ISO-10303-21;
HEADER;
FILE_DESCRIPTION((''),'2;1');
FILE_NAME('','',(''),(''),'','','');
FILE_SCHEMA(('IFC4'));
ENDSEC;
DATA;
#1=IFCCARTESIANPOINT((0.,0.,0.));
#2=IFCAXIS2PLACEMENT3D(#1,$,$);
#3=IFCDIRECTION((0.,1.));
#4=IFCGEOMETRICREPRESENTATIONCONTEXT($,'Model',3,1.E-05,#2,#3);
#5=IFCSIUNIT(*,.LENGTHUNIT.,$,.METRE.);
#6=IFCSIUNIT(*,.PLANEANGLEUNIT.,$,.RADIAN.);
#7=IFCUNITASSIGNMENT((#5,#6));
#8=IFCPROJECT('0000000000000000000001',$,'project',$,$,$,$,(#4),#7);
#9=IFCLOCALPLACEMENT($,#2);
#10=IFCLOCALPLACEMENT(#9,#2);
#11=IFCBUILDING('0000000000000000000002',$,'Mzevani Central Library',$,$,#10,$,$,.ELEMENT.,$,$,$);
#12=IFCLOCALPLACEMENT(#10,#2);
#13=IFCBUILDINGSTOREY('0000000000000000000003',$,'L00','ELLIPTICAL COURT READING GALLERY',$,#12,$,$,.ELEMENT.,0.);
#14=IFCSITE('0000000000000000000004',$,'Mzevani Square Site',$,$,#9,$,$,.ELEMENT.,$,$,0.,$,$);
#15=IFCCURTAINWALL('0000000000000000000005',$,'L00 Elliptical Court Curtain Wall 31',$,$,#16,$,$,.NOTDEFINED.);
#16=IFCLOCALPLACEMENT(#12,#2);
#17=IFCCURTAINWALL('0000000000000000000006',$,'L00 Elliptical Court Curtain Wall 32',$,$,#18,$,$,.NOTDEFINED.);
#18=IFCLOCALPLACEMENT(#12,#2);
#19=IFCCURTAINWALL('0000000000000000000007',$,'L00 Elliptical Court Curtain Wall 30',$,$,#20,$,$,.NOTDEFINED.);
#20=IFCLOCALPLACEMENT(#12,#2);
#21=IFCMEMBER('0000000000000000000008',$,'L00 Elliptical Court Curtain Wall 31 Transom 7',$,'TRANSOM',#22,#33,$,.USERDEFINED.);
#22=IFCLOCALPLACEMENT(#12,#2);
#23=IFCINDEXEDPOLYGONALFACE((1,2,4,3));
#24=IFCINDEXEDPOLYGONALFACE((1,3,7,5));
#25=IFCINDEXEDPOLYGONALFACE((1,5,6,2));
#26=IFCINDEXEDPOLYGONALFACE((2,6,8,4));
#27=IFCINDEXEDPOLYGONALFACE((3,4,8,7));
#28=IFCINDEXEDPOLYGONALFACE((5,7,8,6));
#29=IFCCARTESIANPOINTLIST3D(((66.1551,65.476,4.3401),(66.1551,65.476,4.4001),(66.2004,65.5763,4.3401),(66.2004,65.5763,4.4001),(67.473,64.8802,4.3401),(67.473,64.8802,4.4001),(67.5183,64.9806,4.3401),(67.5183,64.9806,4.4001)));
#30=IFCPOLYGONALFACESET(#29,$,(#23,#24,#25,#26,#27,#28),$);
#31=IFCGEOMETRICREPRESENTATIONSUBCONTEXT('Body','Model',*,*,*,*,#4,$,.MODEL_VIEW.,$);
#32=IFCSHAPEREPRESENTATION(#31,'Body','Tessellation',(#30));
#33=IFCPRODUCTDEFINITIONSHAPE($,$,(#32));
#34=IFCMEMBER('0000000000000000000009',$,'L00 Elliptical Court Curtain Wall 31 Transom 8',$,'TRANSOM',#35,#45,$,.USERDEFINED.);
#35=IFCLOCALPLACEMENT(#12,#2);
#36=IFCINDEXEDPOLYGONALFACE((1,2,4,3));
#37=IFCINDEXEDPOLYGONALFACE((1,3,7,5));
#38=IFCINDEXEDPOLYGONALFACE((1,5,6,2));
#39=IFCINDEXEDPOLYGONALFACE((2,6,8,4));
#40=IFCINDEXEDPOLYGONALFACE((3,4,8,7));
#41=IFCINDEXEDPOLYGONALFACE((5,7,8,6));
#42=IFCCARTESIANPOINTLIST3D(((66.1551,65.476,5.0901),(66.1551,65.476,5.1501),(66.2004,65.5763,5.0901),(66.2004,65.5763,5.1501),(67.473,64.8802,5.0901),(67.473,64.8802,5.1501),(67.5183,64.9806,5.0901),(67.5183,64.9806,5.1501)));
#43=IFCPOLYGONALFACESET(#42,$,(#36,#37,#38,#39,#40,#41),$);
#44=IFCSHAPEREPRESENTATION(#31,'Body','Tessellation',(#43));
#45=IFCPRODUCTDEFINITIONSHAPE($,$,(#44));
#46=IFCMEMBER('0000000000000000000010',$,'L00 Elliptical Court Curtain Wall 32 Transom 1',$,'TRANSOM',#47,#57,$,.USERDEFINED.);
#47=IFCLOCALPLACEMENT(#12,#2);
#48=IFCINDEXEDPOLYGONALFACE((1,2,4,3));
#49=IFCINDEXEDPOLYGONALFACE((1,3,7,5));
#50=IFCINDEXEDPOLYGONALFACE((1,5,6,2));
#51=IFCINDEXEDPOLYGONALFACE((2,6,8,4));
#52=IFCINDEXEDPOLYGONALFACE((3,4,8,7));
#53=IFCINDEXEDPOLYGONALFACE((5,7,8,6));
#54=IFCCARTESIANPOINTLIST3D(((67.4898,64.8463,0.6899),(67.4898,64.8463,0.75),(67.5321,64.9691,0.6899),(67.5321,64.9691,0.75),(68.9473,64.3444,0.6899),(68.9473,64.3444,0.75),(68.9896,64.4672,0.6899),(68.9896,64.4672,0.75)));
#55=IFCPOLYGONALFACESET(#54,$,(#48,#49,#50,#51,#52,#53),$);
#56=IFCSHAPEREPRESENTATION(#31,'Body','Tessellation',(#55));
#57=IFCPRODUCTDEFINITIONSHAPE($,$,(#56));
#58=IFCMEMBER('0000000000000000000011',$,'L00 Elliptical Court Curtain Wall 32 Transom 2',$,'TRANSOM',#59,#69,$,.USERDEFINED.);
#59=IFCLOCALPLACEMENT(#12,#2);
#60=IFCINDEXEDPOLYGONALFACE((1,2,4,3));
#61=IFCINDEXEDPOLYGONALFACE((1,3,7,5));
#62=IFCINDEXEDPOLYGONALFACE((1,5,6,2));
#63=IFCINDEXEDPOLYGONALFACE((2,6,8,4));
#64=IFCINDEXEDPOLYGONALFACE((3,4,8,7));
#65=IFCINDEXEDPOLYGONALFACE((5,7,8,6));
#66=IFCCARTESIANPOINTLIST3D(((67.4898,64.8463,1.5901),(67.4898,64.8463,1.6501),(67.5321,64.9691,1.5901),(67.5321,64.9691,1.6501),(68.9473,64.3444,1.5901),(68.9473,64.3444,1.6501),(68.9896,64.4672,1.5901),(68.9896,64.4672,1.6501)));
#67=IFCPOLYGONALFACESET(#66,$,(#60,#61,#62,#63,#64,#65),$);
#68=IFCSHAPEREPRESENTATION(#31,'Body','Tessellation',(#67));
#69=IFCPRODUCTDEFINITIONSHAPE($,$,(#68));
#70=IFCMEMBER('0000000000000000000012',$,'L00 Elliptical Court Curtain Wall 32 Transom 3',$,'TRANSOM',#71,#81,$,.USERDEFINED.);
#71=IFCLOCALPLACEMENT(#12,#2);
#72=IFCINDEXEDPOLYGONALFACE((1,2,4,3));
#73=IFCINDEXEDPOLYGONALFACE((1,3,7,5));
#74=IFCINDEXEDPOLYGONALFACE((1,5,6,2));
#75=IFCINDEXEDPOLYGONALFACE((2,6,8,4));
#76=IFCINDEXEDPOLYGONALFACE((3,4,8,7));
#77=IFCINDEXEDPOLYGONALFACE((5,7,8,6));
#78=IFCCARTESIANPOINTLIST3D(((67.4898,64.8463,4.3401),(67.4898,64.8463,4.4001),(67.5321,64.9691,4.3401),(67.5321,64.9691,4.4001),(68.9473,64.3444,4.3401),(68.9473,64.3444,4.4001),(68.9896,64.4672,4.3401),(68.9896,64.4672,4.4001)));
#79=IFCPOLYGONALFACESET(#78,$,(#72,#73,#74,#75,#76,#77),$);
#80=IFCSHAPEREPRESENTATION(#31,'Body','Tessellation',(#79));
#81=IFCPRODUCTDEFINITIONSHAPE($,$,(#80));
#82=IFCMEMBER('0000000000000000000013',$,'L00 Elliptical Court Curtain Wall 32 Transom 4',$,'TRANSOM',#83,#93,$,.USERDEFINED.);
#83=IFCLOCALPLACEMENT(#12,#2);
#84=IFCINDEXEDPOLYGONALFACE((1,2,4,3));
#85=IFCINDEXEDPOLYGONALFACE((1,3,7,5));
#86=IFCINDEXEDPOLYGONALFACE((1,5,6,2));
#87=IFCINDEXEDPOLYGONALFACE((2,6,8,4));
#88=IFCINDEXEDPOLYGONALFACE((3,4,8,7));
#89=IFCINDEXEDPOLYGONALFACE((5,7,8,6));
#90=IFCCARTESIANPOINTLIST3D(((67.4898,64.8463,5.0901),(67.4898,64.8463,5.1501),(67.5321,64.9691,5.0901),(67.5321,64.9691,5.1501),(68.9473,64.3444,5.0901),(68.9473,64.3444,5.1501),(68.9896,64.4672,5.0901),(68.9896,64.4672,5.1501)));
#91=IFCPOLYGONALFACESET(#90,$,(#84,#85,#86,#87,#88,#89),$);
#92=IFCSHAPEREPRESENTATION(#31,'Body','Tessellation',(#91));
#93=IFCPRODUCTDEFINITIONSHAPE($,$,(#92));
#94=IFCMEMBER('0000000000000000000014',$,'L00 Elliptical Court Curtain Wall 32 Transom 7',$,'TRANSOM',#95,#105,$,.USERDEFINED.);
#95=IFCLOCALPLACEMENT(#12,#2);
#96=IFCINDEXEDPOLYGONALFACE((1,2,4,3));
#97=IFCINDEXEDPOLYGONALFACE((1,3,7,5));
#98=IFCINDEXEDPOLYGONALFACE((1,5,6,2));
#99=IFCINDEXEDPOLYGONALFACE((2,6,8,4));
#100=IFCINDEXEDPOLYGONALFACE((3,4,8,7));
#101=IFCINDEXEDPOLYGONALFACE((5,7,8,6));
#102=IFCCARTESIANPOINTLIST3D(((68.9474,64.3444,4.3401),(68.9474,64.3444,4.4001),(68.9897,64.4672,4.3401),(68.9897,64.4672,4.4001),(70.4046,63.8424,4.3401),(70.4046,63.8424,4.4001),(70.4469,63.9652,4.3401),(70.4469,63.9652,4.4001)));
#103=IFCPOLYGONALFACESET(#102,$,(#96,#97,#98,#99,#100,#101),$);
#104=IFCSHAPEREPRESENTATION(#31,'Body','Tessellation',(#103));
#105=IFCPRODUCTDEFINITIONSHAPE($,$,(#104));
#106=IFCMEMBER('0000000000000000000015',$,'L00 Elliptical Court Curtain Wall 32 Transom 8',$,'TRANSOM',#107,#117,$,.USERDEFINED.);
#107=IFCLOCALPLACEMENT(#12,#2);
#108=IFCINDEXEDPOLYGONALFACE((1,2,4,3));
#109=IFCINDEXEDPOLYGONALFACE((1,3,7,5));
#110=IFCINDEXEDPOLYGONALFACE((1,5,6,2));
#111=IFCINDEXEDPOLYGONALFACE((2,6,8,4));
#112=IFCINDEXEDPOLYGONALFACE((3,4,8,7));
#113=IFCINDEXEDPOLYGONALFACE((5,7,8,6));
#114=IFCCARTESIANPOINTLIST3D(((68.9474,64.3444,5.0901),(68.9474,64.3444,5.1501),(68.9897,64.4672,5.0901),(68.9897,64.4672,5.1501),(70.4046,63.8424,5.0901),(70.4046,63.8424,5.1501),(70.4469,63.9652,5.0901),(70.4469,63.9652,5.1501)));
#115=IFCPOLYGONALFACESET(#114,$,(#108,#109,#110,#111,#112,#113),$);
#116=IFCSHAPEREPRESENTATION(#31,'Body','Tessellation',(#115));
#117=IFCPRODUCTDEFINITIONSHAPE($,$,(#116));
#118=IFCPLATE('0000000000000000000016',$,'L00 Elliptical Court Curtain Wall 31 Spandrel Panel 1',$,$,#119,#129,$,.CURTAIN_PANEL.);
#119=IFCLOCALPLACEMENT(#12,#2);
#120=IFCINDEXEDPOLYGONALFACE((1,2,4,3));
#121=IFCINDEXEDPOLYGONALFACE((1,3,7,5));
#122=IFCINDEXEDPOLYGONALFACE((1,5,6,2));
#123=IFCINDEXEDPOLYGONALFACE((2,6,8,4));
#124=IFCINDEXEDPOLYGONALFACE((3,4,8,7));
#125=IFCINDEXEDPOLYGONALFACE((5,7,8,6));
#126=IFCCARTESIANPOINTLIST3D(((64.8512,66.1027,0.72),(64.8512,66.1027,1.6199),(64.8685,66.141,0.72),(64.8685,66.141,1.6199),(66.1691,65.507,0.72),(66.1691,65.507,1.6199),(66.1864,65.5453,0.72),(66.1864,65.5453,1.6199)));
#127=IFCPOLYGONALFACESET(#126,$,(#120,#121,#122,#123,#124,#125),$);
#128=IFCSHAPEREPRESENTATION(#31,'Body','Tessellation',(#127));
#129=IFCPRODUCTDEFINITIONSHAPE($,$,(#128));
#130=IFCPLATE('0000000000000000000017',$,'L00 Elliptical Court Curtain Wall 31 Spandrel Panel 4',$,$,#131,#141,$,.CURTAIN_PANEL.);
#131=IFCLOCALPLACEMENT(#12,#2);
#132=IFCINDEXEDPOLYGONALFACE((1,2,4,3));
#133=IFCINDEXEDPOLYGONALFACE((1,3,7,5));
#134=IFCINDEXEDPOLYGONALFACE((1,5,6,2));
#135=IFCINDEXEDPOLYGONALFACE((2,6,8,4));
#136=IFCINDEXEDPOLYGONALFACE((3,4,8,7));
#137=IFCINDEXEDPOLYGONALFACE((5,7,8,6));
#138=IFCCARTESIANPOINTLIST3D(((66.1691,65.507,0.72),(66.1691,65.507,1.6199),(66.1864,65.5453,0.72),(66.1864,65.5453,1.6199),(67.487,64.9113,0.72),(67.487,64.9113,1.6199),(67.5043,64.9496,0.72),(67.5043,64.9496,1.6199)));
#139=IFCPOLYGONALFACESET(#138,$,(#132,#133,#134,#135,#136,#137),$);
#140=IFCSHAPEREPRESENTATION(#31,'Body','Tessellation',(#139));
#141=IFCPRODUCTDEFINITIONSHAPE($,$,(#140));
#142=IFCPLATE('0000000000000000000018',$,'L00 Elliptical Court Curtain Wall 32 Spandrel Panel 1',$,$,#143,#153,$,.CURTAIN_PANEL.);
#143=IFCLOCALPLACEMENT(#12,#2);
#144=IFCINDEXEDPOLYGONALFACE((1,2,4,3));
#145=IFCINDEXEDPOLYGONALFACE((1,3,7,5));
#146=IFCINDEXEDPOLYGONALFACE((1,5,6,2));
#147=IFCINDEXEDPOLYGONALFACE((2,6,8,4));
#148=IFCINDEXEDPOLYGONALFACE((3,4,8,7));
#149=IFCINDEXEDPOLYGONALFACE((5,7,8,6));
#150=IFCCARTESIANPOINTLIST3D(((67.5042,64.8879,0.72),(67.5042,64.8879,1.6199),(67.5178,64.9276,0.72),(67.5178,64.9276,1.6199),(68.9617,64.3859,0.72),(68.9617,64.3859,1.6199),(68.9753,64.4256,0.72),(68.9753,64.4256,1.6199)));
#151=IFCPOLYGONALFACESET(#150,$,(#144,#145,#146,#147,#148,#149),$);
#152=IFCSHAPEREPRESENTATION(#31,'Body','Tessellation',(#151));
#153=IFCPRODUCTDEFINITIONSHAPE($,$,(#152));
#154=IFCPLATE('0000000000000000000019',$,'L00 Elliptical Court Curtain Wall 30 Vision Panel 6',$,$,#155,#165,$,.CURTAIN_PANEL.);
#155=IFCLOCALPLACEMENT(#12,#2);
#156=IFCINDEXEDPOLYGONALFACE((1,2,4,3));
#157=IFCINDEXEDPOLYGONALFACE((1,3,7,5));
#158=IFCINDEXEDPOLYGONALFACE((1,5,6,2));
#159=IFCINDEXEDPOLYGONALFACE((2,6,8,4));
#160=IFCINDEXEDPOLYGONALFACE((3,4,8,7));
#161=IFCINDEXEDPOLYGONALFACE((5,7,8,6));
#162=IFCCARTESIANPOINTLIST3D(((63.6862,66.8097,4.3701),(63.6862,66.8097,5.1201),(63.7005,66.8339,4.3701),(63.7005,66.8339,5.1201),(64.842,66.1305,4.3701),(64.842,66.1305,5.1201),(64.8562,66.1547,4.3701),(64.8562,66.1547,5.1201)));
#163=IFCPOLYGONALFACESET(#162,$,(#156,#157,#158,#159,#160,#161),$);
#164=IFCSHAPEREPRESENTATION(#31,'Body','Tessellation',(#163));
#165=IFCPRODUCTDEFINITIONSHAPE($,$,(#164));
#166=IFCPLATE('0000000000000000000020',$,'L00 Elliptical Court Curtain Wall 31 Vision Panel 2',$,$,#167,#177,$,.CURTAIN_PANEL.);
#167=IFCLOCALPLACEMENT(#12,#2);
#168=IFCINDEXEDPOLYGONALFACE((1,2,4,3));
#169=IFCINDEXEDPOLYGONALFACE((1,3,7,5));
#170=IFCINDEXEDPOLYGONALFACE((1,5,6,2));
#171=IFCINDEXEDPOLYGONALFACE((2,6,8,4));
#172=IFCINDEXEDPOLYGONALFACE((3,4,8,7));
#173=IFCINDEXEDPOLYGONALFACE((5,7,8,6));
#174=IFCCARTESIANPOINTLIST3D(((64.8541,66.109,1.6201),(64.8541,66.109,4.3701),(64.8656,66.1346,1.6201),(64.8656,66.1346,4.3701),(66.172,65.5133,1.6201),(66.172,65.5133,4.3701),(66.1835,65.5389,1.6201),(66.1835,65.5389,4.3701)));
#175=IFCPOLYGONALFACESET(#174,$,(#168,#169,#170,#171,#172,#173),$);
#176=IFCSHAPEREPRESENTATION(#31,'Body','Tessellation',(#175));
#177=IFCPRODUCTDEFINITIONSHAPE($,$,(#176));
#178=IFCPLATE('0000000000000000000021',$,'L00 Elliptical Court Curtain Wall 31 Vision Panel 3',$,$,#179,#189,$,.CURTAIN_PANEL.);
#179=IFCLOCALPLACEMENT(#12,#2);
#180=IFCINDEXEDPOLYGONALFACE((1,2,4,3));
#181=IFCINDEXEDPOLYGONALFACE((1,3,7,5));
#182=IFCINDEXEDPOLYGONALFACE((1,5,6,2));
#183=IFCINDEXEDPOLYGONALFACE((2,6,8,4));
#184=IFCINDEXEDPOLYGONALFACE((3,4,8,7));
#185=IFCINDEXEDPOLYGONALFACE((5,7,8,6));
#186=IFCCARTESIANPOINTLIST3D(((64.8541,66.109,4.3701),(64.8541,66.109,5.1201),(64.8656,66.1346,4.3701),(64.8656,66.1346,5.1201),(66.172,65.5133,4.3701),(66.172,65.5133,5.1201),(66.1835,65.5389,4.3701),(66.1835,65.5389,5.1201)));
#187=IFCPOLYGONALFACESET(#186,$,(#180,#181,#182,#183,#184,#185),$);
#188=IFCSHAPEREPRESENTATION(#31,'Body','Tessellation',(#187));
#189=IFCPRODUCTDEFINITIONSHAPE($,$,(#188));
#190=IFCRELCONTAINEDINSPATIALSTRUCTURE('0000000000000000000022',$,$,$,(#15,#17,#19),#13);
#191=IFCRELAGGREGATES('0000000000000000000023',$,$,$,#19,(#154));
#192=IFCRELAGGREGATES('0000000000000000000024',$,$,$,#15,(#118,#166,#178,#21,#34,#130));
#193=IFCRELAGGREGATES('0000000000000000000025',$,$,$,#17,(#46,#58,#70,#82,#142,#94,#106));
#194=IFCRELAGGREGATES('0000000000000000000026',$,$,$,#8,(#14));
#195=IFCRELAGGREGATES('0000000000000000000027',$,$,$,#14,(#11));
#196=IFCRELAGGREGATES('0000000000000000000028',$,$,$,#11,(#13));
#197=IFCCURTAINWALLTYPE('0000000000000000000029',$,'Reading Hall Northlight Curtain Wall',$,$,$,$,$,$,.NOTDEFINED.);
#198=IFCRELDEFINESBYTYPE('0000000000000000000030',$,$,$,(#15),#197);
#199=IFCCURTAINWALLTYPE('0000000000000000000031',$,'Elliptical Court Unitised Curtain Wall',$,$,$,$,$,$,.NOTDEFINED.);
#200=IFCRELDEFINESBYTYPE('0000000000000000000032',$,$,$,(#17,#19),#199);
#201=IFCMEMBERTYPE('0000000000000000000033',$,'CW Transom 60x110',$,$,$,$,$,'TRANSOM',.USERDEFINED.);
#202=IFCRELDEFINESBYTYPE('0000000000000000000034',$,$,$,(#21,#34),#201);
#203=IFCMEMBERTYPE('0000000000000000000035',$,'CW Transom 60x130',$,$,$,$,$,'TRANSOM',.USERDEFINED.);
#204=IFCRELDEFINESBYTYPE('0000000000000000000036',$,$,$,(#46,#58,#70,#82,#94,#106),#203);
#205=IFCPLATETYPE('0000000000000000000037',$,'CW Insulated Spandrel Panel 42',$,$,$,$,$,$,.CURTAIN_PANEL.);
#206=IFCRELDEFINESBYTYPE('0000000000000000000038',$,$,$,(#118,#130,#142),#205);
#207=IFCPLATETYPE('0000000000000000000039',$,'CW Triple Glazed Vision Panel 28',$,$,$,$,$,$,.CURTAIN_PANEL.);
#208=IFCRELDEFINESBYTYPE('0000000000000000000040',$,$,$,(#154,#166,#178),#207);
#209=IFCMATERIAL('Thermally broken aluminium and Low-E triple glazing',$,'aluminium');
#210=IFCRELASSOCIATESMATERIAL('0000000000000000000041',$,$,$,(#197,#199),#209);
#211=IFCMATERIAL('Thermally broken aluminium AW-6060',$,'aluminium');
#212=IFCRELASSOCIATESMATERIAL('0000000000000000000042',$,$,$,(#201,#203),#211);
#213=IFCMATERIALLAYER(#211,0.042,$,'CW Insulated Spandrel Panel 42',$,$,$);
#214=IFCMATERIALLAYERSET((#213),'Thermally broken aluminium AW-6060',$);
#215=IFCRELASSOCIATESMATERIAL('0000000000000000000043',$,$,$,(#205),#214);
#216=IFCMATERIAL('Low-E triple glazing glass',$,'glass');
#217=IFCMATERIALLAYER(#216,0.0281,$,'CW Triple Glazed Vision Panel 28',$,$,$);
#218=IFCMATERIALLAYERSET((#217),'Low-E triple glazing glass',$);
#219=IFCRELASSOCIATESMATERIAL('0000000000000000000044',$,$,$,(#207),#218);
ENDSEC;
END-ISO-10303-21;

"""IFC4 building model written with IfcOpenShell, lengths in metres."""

from ifc_helpers import new_model, si_unit, direction, frame, origin, origin_2d, place, context, subcontext, project, spatial, rectangle, extrude, material, layer, layer_set, material_profile, profile_set, type_object, element, aggregate, save


model = new_model("IFC4")

# Units and contexts
model_context = context("Model", 3, precision=1e-05, world=origin(), true_north=direction((0.0, 1.0)))
body_context = subcontext(model_context, "Body", "Model", "MODEL_VIEW")
ifc_project = project(units=[si_unit("LENGTHUNIT", "METRE"), si_unit("PLANEANGLEUNIT", "RADIAN")], contexts=[model_context])

# Site, building, storey
site_placement = place(None, origin())
site = spatial("IfcSite", under=ifc_project, at=site_placement, Name="Mzevani Square Site", CompositionType="ELEMENT", RefElevation=0.0)
building_placement = place(site_placement, origin())
building = spatial("IfcBuilding", under=site, at=building_placement, Name="Mzevani Central Library", CompositionType="ELEMENT")
storey_placement = place(building_placement, origin())
storey = spatial("IfcBuildingStorey", under=building, at=storey_placement, Name="L00", Description="ELLIPTICAL COURT READING GALLERY", CompositionType="ELEMENT", Elevation=0.0)

# Curtain wall
ifc_material_1 = material(Name="Thermally broken aluminium and Low-E triple glazing", Category="aluminium")
curtain_wall_type_1 = type_object("IfcCurtainWallType", Name="Reading Hall Northlight Curtain Wall", PredefinedType="NOTDEFINED", material=ifc_material_1)
curtain_wall_1_placement = place(storey_placement, origin())
curtain_wall_1 = element("IfcCurtainWall", 1, at=curtain_wall_1_placement, inside=storey, type_object=curtain_wall_type_1, Name="L00 Elliptical Court Curtain Wall 31", PredefinedType="NOTDEFINED")
ifc_material_2 = material(Name="Thermally broken aluminium AW-6060", Category="aluminium")

# Curtain walls
curtain_wall_type_2 = type_object("IfcCurtainWallType", Name="Elliptical Court Unitised Curtain Wall", PredefinedType="NOTDEFINED", material=ifc_material_1)
curtain_wall_2_placement = place(storey_placement, origin())
curtain_wall_2 = element("IfcCurtainWall", 2, at=curtain_wall_2_placement, inside=storey, type_object=curtain_wall_type_2, Name="L00 Elliptical Court Curtain Wall 32", PredefinedType="NOTDEFINED")
curtain_wall_3_placement = place(storey_placement, origin())
curtain_wall_3 = element("IfcCurtainWall", 3, at=curtain_wall_3_placement, inside=storey, type_object=curtain_wall_type_2, Name="L00 Elliptical Court Curtain Wall 30", PredefinedType="NOTDEFINED")

# Members
ifc_material_profile_1 = material_profile(ifc_material_2, rectangle(XDim=0.1101, YDim=0.0601, at=origin_2d()), Name="ALU T60x110")
ifc_profile_set_1 = profile_set([ifc_material_profile_1], Name="Thermally broken aluminium AW-6060")
member_type_1 = type_object("IfcMemberType", Name="CW Transom 60x110", ElementType="TRANSOM", PredefinedType="USERDEFINED", material=ifc_profile_set_1)
member_1_placement = place(storey_placement, frame((66.1777, 65.5261, 4.3701), z_axis=(0.911232, -0.411894, 0.0), x_axis=(0.411894, 0.911232, 0.0)))
member_1 = element("IfcMember", 4, at=member_1_placement, type_object=member_type_1, Name="L00 Elliptical Court Curtain Wall 31 Transom 7", ObjectType="TRANSOM", PredefinedType="USERDEFINED", context=body_context, shape_type="SweptSolid", body=[
    extrude(rectangle(XDim=0.1101, YDim=0.0601, at=origin_2d()), origin(), (0.0, 0.0, 1.0), 1.4463),
])
member_2_placement = place(storey_placement, frame((66.1777, 65.5261, 5.1201), z_axis=(0.911232, -0.411894, 0.0), x_axis=(0.411894, 0.911232, 0.0)))
member_2 = element("IfcMember", 5, at=member_2_placement, type_object=member_type_1, Name="L00 Elliptical Court Curtain Wall 31 Transom 8", ObjectType="TRANSOM", PredefinedType="USERDEFINED", context=body_context, shape_type="SweptSolid", body=[
    extrude(rectangle(XDim=0.1101, YDim=0.0601, at=origin_2d()), origin(), (0.0, 0.0, 1.0), 1.4463),
])
ifc_material_profile_2 = material_profile(ifc_material_2, rectangle(XDim=0.1299, YDim=0.0601, at=origin_2d()), Name="ALU T60x130")
ifc_profile_set_2 = profile_set([ifc_material_profile_2], Name="Thermally broken aluminium AW-6060")
member_type_2 = type_object("IfcMemberType", Name="CW Transom 60x130", ElementType="TRANSOM", PredefinedType="USERDEFINED", material=ifc_profile_set_2)
member_3_placement = place(storey_placement, frame((67.511, 64.9077, 0.72), z_axis=(0.945501, -0.32562, 0.0), x_axis=(0.32562, 0.945501, 0.0)))
member_3 = element("IfcMember", 6, at=member_3_placement, type_object=member_type_2, Name="L00 Elliptical Court Curtain Wall 32 Transom 1", ObjectType="TRANSOM", PredefinedType="USERDEFINED", context=body_context, shape_type="SweptSolid", body=[
    extrude(rectangle(XDim=0.1299, YDim=0.0601, at=origin_2d()), origin(), (0.0, 0.0, 1.0), 1.5415),
])
member_4_placement = place(storey_placement, frame((67.511, 64.9077, 1.6201), z_axis=(0.945501, -0.32562, 0.0), x_axis=(0.32562, 0.945501, 0.0)))
member_4 = element("IfcMember", 7, at=member_4_placement, type_object=member_type_2, Name="L00 Elliptical Court Curtain Wall 32 Transom 2", ObjectType="TRANSOM", PredefinedType="USERDEFINED", context=body_context, shape_type="SweptSolid", body=[
    extrude(rectangle(XDim=0.1299, YDim=0.0601, at=origin_2d()), origin(), (0.0, 0.0, 1.0), 1.5415),
])
member_5_placement = place(storey_placement, frame((67.511, 64.9077, 4.3701), z_axis=(0.945501, -0.32562, 0.0), x_axis=(0.32562, 0.945501, 0.0)))
member_5 = element("IfcMember", 8, at=member_5_placement, type_object=member_type_2, Name="L00 Elliptical Court Curtain Wall 32 Transom 3", ObjectType="TRANSOM", PredefinedType="USERDEFINED", context=body_context, shape_type="SweptSolid", body=[
    extrude(rectangle(XDim=0.1299, YDim=0.0601, at=origin_2d()), origin(), (0.0, 0.0, 1.0), 1.5415),
])
member_6_placement = place(storey_placement, frame((67.511, 64.9077, 5.1201), z_axis=(0.945501, -0.32562, 0.0), x_axis=(0.32562, 0.945501, 0.0)))
member_6 = element("IfcMember", 9, at=member_6_placement, type_object=member_type_2, Name="L00 Elliptical Court Curtain Wall 32 Transom 4", ObjectType="TRANSOM", PredefinedType="USERDEFINED", context=body_context, shape_type="SweptSolid", body=[
    extrude(rectangle(XDim=0.1299, YDim=0.0601, at=origin_2d()), origin(), (0.0, 0.0, 1.0), 1.5415),
])
member_7_placement = place(storey_placement, frame((68.9685, 64.4058, 4.3701), z_axis=(0.945484, -0.325668, 0.0), x_axis=(0.325668, 0.945484, 0.0)))
member_7 = element("IfcMember", 10, at=member_7_placement, type_object=member_type_2, Name="L00 Elliptical Court Curtain Wall 32 Transom 7", ObjectType="TRANSOM", PredefinedType="USERDEFINED", context=body_context, shape_type="SweptSolid", body=[
    extrude(rectangle(XDim=0.1299, YDim=0.0601, at=origin_2d()), origin(), (0.0, 0.0, 1.0), 1.5413),
])
member_8_placement = place(storey_placement, frame((68.9685, 64.4058, 5.1201), z_axis=(0.945484, -0.325668, 0.0), x_axis=(0.325668, 0.945484, 0.0)))
member_8 = element("IfcMember", 11, at=member_8_placement, type_object=member_type_2, Name="L00 Elliptical Court Curtain Wall 32 Transom 8", ObjectType="TRANSOM", PredefinedType="USERDEFINED", context=body_context, shape_type="SweptSolid", body=[
    extrude(rectangle(XDim=0.1299, YDim=0.0601, at=origin_2d()), origin(), (0.0, 0.0, 1.0), 1.5413),
])

# Plates
ifc_layer_1 = layer(ifc_material_2, 0.042, Name="CW Insulated Spandrel Panel 42")
ifc_layer_set_1 = layer_set([ifc_layer_1], Name="Thermally broken aluminium AW-6060")
plate_type_1 = type_object("IfcPlateType", Name="CW Insulated Spandrel Panel 42", PredefinedType="CURTAIN_PANEL", material=ifc_layer_set_1)
plate_1_placement = place(storey_placement, frame((65.5188, 65.824, 0.72), z_axis=(0.0, 0.0, 1.0), x_axis=(0.911237, -0.411882, 0.0)))
plate_1 = element("IfcPlate", 12, at=plate_1_placement, type_object=plate_type_1, Name="L00 Elliptical Court Curtain Wall 31 Spandrel Panel 1", PredefinedType="CURTAIN_PANEL", context=body_context, shape_type="SweptSolid", body=[
    extrude(rectangle(XDim=1.4463, YDim=0.042, at=origin_2d()), origin(), (0.0, 0.0, 1.0), 0.8999),
])
plate_2_placement = place(storey_placement, frame((66.8367, 65.2283, 0.72), z_axis=(0.0, 0.0, 1.0), x_axis=(0.911237, -0.411882, 0.0)))
plate_2 = element("IfcPlate", 13, at=plate_2_placement, type_object=plate_type_1, Name="L00 Elliptical Court Curtain Wall 31 Spandrel Panel 4", PredefinedType="CURTAIN_PANEL", context=body_context, shape_type="SweptSolid", body=[
    extrude(rectangle(XDim=1.4463, YDim=0.042, at=origin_2d()), origin(), (0.0, 0.0, 1.0), 0.8999),
])
plate_3_placement = place(storey_placement, frame((68.2397, 64.6567, 0.72), z_axis=(0.0, 0.0, 1.0), x_axis=(0.945503, -0.325613, 0.0)))
plate_3 = element("IfcPlate", 14, at=plate_3_placement, type_object=plate_type_1, Name="L00 Elliptical Court Curtain Wall 32 Spandrel Panel 1", PredefinedType="CURTAIN_PANEL", context=body_context, shape_type="SweptSolid", body=[
    extrude(rectangle(XDim=1.5415, YDim=0.042, at=origin_2d()), origin(), (0.0, 0.0, 1.0), 0.8999),
])
ifc_material_3 = material(Name="Low-E triple glazing glass", Category="glass")
ifc_layer_2 = layer(ifc_material_3, 0.0281, Name="CW Triple Glazed Vision Panel 28")
ifc_layer_set_2 = layer_set([ifc_layer_2], Name="Low-E triple glazing glass")
plate_type_2 = type_object("IfcPlateType", Name="CW Triple Glazed Vision Panel 28", PredefinedType="CURTAIN_PANEL", material=ifc_layer_set_2)
plate_4_placement = place(storey_placement, frame((64.2712, 66.4822, 4.3701), z_axis=(0.0, 0.0, 1.0), x_axis=(0.862137, -0.506675, 0.0)))
plate_4 = element("IfcPlate", 15, at=plate_4_placement, type_object=plate_type_2, Name="L00 Elliptical Court Curtain Wall 30 Vision Panel 6", PredefinedType="CURTAIN_PANEL", context=body_context, shape_type="SweptSolid", body=[
    extrude(rectangle(XDim=1.3406, YDim=0.0281, at=origin_2d()), origin(), (0.0, 0.0, 1.0), 0.75),
])
aggregate(curtain_wall_3, [plate_4])
plate_5_placement = place(storey_placement, frame((65.5188, 65.824, 1.6201), z_axis=(0.0, 0.0, 1.0), x_axis=(0.911237, -0.411882, 0.0)))
plate_5 = element("IfcPlate", 16, at=plate_5_placement, type_object=plate_type_2, Name="L00 Elliptical Court Curtain Wall 31 Vision Panel 2", PredefinedType="CURTAIN_PANEL", context=body_context, shape_type="SweptSolid", body=[
    extrude(rectangle(XDim=1.4463, YDim=0.0281, at=origin_2d()), origin(), (0.0, 0.0, 1.0), 2.75),
])
plate_6_placement = place(storey_placement, frame((65.5188, 65.824, 4.3701), z_axis=(0.0, 0.0, 1.0), x_axis=(0.911237, -0.411882, 0.0)))
plate_6 = element("IfcPlate", 17, at=plate_6_placement, type_object=plate_type_2, Name="L00 Elliptical Court Curtain Wall 31 Vision Panel 3", PredefinedType="CURTAIN_PANEL", context=body_context, shape_type="SweptSolid", body=[
    extrude(rectangle(XDim=1.4463, YDim=0.0281, at=origin_2d()), origin(), (0.0, 0.0, 1.0), 0.75),
])
aggregate(curtain_wall_1, [plate_1, plate_5, plate_6, member_1, member_2, plate_2])
aggregate(curtain_wall_2, [member_3, member_4, member_5, member_6, plate_3, member_7, member_8])

save(model, "model.ifc")
